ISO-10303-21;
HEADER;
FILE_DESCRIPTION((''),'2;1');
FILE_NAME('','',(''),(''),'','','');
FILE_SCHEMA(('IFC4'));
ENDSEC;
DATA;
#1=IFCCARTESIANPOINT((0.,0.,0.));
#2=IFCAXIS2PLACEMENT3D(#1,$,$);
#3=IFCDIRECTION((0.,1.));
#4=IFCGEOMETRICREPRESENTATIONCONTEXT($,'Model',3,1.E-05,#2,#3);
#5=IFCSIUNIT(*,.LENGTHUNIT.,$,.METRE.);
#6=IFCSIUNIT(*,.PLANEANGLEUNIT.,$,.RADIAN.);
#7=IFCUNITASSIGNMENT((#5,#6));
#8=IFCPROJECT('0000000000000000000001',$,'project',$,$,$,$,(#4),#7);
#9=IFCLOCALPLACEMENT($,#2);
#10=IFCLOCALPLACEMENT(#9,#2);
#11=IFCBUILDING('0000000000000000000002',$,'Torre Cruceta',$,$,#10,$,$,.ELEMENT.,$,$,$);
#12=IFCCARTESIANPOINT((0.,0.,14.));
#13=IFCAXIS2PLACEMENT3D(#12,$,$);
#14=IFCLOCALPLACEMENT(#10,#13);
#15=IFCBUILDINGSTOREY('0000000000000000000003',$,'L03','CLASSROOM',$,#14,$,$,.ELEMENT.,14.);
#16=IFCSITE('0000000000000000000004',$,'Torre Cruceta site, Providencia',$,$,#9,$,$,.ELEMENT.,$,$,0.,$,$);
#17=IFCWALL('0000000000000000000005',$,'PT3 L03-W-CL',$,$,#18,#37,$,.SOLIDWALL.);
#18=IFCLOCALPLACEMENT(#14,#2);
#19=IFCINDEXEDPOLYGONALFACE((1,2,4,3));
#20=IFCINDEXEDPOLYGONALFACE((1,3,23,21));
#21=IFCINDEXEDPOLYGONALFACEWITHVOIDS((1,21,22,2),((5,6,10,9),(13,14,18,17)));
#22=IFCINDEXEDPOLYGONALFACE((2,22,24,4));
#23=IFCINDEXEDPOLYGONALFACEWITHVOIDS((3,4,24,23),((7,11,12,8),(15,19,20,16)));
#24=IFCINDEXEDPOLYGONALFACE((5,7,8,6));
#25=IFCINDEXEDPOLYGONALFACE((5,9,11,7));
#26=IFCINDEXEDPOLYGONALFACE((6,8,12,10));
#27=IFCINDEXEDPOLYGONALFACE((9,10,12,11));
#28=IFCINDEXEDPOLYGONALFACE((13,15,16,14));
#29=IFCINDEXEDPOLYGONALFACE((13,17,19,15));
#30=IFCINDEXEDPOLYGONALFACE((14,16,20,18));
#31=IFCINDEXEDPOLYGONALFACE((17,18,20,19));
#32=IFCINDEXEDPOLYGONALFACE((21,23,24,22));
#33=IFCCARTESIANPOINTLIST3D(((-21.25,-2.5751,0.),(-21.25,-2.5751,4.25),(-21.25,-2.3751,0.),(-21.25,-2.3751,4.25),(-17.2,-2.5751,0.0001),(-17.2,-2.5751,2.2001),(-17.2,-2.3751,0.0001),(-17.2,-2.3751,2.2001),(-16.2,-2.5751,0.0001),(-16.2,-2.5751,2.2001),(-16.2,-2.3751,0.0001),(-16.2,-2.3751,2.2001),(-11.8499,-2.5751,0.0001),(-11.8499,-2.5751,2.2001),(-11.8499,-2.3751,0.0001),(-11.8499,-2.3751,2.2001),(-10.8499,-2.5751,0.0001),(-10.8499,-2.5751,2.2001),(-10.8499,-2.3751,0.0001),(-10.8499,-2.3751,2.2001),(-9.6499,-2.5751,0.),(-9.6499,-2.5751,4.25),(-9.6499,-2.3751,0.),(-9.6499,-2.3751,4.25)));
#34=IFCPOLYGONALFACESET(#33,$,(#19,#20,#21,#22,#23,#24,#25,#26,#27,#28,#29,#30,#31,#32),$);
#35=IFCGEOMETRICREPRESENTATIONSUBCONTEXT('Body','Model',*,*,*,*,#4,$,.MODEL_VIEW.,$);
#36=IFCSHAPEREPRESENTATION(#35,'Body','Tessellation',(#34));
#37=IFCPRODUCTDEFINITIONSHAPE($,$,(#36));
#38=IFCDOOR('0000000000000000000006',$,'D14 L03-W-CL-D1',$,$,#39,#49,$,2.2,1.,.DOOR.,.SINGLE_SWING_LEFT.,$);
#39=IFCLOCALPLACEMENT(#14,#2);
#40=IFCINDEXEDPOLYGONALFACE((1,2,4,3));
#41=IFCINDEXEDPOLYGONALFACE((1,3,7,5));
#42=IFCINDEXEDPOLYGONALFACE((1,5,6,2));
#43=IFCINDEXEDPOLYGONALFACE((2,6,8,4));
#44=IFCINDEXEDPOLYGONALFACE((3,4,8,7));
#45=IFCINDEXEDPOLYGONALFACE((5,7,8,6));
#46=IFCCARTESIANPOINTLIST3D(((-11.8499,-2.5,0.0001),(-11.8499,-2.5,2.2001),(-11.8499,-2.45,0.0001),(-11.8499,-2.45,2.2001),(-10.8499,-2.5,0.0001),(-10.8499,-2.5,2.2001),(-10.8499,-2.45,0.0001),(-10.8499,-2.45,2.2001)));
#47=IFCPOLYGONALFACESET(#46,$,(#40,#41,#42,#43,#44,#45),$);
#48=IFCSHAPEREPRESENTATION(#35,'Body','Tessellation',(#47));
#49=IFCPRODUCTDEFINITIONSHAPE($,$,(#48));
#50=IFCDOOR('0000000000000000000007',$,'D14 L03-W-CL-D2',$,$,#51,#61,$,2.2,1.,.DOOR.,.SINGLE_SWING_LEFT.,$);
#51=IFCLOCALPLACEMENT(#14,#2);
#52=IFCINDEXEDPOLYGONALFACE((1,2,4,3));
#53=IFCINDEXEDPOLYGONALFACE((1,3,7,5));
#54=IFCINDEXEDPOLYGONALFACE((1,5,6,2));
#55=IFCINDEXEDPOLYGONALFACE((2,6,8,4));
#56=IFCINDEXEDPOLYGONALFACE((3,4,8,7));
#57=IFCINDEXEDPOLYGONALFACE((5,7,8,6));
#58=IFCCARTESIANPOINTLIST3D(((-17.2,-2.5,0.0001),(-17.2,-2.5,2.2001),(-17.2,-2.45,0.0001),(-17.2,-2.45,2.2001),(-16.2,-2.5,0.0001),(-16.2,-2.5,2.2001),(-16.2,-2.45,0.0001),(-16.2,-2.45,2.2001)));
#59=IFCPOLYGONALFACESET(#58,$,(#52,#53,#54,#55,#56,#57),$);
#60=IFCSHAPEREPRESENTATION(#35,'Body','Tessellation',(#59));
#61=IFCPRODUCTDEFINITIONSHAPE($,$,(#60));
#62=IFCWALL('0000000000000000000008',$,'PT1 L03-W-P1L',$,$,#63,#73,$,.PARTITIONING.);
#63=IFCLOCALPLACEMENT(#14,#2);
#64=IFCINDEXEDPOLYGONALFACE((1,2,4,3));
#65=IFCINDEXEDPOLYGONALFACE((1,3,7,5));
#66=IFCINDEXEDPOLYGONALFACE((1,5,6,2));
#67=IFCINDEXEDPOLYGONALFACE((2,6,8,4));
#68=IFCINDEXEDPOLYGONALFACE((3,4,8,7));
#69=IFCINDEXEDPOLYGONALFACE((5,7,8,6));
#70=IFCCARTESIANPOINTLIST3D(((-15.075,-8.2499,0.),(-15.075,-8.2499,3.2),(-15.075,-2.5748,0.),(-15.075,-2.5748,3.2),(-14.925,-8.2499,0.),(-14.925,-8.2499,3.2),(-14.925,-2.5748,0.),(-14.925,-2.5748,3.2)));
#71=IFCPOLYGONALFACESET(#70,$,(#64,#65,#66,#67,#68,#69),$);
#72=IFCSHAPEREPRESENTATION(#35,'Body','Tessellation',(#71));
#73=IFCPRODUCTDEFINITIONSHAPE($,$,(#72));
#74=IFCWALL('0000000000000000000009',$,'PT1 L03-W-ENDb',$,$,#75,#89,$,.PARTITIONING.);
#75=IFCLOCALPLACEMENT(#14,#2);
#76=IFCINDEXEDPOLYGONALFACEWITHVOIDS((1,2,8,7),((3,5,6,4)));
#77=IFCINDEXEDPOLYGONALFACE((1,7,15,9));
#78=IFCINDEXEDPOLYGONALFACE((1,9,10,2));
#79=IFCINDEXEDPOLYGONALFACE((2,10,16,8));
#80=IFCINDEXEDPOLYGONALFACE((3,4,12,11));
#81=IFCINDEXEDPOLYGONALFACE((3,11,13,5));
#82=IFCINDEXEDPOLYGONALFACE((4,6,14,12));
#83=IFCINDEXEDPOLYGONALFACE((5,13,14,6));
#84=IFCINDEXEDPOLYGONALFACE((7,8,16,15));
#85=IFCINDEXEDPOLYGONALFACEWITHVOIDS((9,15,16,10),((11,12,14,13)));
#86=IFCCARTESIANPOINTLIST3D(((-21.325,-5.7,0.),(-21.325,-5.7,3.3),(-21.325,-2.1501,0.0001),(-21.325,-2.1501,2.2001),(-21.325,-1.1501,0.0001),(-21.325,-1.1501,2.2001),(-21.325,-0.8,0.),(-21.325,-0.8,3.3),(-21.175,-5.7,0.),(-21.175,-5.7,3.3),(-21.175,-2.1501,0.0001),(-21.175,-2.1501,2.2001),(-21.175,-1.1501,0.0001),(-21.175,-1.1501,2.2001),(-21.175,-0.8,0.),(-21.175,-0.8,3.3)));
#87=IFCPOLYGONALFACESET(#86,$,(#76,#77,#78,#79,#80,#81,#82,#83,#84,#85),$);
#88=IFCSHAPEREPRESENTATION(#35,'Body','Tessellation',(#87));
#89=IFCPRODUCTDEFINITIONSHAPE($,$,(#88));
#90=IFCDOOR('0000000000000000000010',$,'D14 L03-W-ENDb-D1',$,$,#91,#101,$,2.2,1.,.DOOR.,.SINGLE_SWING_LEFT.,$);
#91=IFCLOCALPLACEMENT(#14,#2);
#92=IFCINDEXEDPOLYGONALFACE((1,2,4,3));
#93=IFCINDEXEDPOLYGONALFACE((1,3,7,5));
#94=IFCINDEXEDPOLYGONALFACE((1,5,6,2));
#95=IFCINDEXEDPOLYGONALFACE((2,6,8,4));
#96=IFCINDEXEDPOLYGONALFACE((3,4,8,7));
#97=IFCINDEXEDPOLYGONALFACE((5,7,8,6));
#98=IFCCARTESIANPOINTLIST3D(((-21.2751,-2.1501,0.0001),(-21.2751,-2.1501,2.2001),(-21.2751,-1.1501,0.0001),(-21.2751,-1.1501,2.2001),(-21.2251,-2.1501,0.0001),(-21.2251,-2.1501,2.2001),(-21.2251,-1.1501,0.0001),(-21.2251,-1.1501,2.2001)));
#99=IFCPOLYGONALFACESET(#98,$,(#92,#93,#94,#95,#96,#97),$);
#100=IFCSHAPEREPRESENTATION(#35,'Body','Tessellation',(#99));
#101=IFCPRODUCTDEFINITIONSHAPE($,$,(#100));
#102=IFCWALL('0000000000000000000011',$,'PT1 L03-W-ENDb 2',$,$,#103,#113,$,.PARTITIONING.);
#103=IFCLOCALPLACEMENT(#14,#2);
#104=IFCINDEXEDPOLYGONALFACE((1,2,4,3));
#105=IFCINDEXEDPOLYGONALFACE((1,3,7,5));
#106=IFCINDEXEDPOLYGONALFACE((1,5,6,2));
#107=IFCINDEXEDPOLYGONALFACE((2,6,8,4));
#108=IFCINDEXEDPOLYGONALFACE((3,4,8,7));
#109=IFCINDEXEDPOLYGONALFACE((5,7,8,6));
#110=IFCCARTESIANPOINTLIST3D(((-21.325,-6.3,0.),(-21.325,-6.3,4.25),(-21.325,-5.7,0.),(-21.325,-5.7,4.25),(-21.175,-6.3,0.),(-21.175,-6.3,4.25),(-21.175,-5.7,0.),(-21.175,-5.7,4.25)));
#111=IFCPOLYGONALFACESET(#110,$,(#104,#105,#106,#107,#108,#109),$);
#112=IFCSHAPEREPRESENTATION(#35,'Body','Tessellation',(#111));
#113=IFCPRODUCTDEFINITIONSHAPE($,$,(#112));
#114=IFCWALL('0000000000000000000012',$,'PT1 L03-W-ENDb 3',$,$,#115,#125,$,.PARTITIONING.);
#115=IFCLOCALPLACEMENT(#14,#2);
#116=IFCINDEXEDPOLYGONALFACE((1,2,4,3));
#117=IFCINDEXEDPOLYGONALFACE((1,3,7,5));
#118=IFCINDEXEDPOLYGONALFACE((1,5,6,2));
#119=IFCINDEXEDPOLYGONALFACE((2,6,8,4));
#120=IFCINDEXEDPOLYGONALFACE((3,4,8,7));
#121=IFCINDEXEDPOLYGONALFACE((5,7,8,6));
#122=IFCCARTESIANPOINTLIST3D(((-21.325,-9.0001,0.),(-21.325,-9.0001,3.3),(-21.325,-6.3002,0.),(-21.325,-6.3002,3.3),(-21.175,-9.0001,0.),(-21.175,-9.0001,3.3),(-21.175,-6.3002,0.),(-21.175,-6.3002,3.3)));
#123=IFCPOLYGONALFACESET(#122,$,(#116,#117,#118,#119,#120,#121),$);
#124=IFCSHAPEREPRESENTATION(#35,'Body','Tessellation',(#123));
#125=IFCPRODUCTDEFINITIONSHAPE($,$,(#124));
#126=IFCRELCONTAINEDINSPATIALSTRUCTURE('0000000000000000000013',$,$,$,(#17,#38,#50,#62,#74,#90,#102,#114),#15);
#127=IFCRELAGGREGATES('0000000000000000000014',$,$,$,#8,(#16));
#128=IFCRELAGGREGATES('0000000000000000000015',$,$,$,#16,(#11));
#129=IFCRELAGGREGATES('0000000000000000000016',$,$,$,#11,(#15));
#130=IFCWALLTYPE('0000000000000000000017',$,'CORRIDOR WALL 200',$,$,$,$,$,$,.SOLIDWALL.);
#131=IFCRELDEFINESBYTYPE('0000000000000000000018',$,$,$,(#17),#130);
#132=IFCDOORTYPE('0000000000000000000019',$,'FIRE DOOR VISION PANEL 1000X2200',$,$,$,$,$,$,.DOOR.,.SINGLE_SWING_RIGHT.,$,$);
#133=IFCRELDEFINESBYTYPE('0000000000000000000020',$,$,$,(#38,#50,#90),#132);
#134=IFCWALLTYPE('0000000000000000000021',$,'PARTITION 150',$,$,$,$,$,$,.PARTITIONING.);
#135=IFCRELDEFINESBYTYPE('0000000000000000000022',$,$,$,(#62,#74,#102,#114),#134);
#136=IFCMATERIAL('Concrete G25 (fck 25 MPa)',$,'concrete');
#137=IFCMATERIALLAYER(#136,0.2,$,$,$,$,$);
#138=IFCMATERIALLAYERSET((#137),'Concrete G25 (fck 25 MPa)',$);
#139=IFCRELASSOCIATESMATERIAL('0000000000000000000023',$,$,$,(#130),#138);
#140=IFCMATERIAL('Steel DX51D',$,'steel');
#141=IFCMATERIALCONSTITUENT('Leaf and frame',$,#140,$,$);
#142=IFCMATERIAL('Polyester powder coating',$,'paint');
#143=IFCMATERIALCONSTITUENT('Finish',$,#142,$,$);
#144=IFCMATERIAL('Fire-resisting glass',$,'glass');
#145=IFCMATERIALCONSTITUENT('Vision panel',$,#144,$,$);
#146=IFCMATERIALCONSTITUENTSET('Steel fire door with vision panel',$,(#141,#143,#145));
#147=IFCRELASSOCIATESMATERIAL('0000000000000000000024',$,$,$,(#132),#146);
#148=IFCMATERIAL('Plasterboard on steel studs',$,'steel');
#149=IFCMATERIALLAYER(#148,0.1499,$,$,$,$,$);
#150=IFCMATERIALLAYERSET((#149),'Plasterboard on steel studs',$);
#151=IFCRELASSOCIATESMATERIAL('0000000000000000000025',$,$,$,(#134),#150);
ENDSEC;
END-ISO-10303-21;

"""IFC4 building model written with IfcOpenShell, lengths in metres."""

from ifc_helpers import new_model, si_unit, direction, frame, frame_2d, origin, place, context, subcontext, project, spatial, rectangle, extrude, material, layer, layer_set, constituent, constituent_set, type_object, element, fill, save


model = new_model("IFC4")

# Units and contexts
model_context = context("Model", 3, precision=1e-05, world=origin(), true_north=direction((0.0, 1.0)))
body_context = subcontext(model_context, "Body", "Model", "MODEL_VIEW")
ifc_project = project(units=[si_unit("LENGTHUNIT", "METRE"), si_unit("PLANEANGLEUNIT", "RADIAN")], contexts=[model_context])

# Site, building, storey
site_placement = place(None, origin())
site = spatial("IfcSite", under=ifc_project, at=site_placement, Name="Torre Cruceta site, Providencia", CompositionType="ELEMENT", RefElevation=0.0)
building_placement = place(site_placement, origin())
building = spatial("IfcBuilding", under=site, at=building_placement, Name="Torre Cruceta", CompositionType="ELEMENT")
storey_placement = place(building_placement, frame((0.0, 0.0, 14.0)))
storey = spatial("IfcBuildingStorey", under=building, at=storey_placement, Name="L03", Description="CLASSROOM", CompositionType="ELEMENT", Elevation=14.0)

# Wall, openings, doors
ifc_material_1 = material(Name="Concrete G25 (fck 25 MPa)", Category="concrete")
ifc_layer_1 = layer(ifc_material_1, 0.2)
ifc_layer_set_1 = layer_set([ifc_layer_1], Name="Concrete G25 (fck 25 MPa)")
wall_type_1 = type_object("IfcWallType", Name="CORRIDOR WALL 200", PredefinedType="SOLIDWALL", material=ifc_layer_set_1)
wall_1_placement = place(storey_placement, frame((-9.6499, -2.4751, 0.0), z_axis=(0.0, 0.0, 1.0), x_axis=(-1.0, 0.0, 0.0)))
wall_1 = element("IfcWall", 1, at=wall_1_placement, inside=storey, type_object=wall_type_1, Name="PT3 L03-W-CL", PredefinedType="SOLIDWALL", context=body_context, shape_type="SweptSolid", body=[
    extrude(rectangle(XDim=11.6001, YDim=0.2, at=frame_2d((5.8, 0.0))), origin(), (0.0, 0.0, 1.0), 4.25),
])
opening_1_placement = place(wall_1_placement, frame((1.2, 0.0, 0.0)))
opening_1 = element("IfcOpeningElement", 2, at=opening_1_placement, cuts=wall_1, PredefinedType="OPENING", context=body_context, shape_type="SweptSolid", body=[
    extrude(rectangle(XDim=1.0, YDim=2.2, at=frame_2d((0.5, 1.1001))), frame((0.0, 0.1099, 0.0), z_axis=(0.0, -1.0, 0.0), x_axis=(1.0, 0.0, 0.0)), (0.0, 0.0, 1.0), 0.22),
])
opening_2_placement = place(wall_1_placement, frame((6.55, 0.0, 0.0)))
opening_2 = element("IfcOpeningElement", 3, at=opening_2_placement, cuts=wall_1, PredefinedType="OPENING", context=body_context, shape_type="SweptSolid", body=[
    extrude(rectangle(XDim=1.0, YDim=2.2, at=frame_2d((0.5, 1.1001))), frame((0.0, 0.1099, 0.0), z_axis=(0.0, -1.0, 0.0), x_axis=(1.0, 0.0, 0.0)), (0.0, 0.0, 1.0), 0.22),
])
ifc_material_2 = material(Name="Steel DX51D", Category="steel")
ifc_constituent_1 = constituent(ifc_material_2, Name="Leaf and frame")
ifc_material_3 = material(Name="Polyester powder coating", Category="paint")
ifc_constituent_2 = constituent(ifc_material_3, Name="Finish")
ifc_material_4 = material(Name="Fire-resisting glass", Category="glass")
ifc_constituent_3 = constituent(ifc_material_4, Name="Vision panel")
ifc_constituent_set = constituent_set(constituents=[ifc_constituent_1, ifc_constituent_2, ifc_constituent_3], Name="Steel fire door with vision panel")
door_type = type_object("IfcDoorType", Name="FIRE DOOR VISION PANEL 1000X2200", OperationType="SINGLE_SWING_RIGHT", PredefinedType="DOOR", material=ifc_constituent_set)
door_1_placement = place(opening_1_placement, origin())
door_1 = element("IfcDoor", 4, at=door_1_placement, inside=storey, type_object=door_type, Name="D14 L03-W-CL-D1", OperationType="SINGLE_SWING_LEFT", OverallHeight=2.2, OverallWidth=1.0, PredefinedType="DOOR", context=body_context, shape_type="SweptSolid", body=[
    extrude(rectangle(XDim=1.0, YDim=2.2, at=frame_2d((0.5, 1.1001))), frame((0.0, 0.0249, 0.0), z_axis=(0.0, -1.0, 0.0), x_axis=(1.0, 0.0, 0.0)), (0.0, 0.0, 1.0), 0.05),
])
fill(opening_1, door_1)
door_2_placement = place(opening_2_placement, origin())
door_2 = element("IfcDoor", 5, at=door_2_placement, inside=storey, type_object=door_type, Name="D14 L03-W-CL-D2", OperationType="SINGLE_SWING_LEFT", OverallHeight=2.2, OverallWidth=1.0, PredefinedType="DOOR", context=body_context, shape_type="SweptSolid", body=[
    extrude(rectangle(XDim=1.0, YDim=2.2, at=frame_2d((0.5, 1.1001))), frame((0.0, 0.0249, 0.0), z_axis=(0.0, -1.0, 0.0), x_axis=(1.0, 0.0, 0.0)), (0.0, 0.0, 1.0), 0.05),
])
fill(opening_2, door_2)

# Wall
ifc_material_5 = material(Name="Plasterboard on steel studs", Category="steel")
ifc_layer_2 = layer(ifc_material_5, 0.1499)
ifc_layer_set_2 = layer_set([ifc_layer_2], Name="Plasterboard on steel studs")
wall_type_2 = type_object("IfcWallType", Name="PARTITION 150", PredefinedType="PARTITIONING", material=ifc_layer_set_2)
wall_2_placement = place(storey_placement, frame((-15.0, -2.575, 0.0), z_axis=(0.0, 0.0, 1.0), x_axis=(0.0, -1.0, 0.0)))
element("IfcWall", 6, at=wall_2_placement, inside=storey, type_object=wall_type_2, Name="PT1 L03-W-P1L", PredefinedType="PARTITIONING", context=body_context, shape_type="SweptSolid", body=[
    extrude(rectangle(XDim=5.675, YDim=0.1499, at=frame_2d((2.8374, 0.0))), origin(), (0.0, 0.0, 1.0), 3.2),
])

# Wall, opening, door
wall_3_placement = place(storey_placement, frame((-21.25, -0.8, 0.0), z_axis=(0.0, 0.0, 1.0), x_axis=(0.0, -1.0, 0.0)))
wall_3 = element("IfcWall", 7, at=wall_3_placement, inside=storey, type_object=wall_type_2, Name="PT1 L03-W-ENDb", PredefinedType="PARTITIONING", context=body_context, shape_type="SweptSolid", body=[
    extrude(rectangle(XDim=4.8999, YDim=0.1499, at=frame_2d((2.45, 0.0))), origin(), (0.0, 0.0, 1.0), 3.3),
])
opening_3_placement = place(wall_3_placement, frame((0.3501, 0.0, 0.0)))
opening_3 = element("IfcOpeningElement", 8, at=opening_3_placement, cuts=wall_3, PredefinedType="OPENING", context=body_context, shape_type="SweptSolid", body=[
    extrude(rectangle(XDim=1.0, YDim=2.2, at=frame_2d((0.5, 1.1001))), frame((0.0, 0.085, 0.0), z_axis=(0.0, -1.0, 0.0), x_axis=(1.0, 0.0, 0.0)), (0.0, 0.0, 1.0), 0.1699),
])
door_3_placement = place(opening_3_placement, frame((1.0, 0.0, 0.0), z_axis=(0.0, 0.0, 1.0), x_axis=(-1.0, 0.0, 0.0)))
door_3 = element("IfcDoor", 9, at=door_3_placement, inside=storey, type_object=door_type, Name="D14 L03-W-ENDb-D1", OperationType="SINGLE_SWING_LEFT", OverallHeight=2.2, OverallWidth=1.0, PredefinedType="DOOR", context=body_context, shape_type="SweptSolid", body=[
    extrude(rectangle(XDim=1.0, YDim=2.2, at=frame_2d((0.5, 1.1001))), frame((0.0, 0.0251, 0.0), z_axis=(0.0, -1.0, 0.0), x_axis=(1.0, 0.0, 0.0)), (0.0, 0.0, 1.0), 0.05),
])
fill(opening_3, door_3)

# Walls
wall_4_placement = place(storey_placement, frame((-21.25, -5.7, 0.0), z_axis=(0.0, 0.0, 1.0), x_axis=(0.0, -1.0, 0.0)))
element("IfcWall", 10, at=wall_4_placement, inside=storey, type_object=wall_type_2, Name="PT1 L03-W-ENDb 2", PredefinedType="PARTITIONING", context=body_context, shape_type="SweptSolid", body=[
    extrude(rectangle(XDim=0.6001, YDim=0.1499, at=frame_2d((0.3, 0.0))), origin(), (0.0, 0.0, 1.0), 4.25),
])
wall_5_placement = place(storey_placement, frame((-21.25, -6.3, 0.0), z_axis=(0.0, 0.0, 1.0), x_axis=(0.0, -1.0, 0.0)))
element("IfcWall", 11, at=wall_5_placement, inside=storey, type_object=wall_type_2, Name="PT1 L03-W-ENDb 3", PredefinedType="PARTITIONING", context=body_context, shape_type="SweptSolid", body=[
    extrude(rectangle(XDim=2.7, YDim=0.1499, at=frame_2d((1.3501, 0.0))), origin(), (0.0, 0.0, 1.0), 3.3),
])

save(model, "model.ifc")
